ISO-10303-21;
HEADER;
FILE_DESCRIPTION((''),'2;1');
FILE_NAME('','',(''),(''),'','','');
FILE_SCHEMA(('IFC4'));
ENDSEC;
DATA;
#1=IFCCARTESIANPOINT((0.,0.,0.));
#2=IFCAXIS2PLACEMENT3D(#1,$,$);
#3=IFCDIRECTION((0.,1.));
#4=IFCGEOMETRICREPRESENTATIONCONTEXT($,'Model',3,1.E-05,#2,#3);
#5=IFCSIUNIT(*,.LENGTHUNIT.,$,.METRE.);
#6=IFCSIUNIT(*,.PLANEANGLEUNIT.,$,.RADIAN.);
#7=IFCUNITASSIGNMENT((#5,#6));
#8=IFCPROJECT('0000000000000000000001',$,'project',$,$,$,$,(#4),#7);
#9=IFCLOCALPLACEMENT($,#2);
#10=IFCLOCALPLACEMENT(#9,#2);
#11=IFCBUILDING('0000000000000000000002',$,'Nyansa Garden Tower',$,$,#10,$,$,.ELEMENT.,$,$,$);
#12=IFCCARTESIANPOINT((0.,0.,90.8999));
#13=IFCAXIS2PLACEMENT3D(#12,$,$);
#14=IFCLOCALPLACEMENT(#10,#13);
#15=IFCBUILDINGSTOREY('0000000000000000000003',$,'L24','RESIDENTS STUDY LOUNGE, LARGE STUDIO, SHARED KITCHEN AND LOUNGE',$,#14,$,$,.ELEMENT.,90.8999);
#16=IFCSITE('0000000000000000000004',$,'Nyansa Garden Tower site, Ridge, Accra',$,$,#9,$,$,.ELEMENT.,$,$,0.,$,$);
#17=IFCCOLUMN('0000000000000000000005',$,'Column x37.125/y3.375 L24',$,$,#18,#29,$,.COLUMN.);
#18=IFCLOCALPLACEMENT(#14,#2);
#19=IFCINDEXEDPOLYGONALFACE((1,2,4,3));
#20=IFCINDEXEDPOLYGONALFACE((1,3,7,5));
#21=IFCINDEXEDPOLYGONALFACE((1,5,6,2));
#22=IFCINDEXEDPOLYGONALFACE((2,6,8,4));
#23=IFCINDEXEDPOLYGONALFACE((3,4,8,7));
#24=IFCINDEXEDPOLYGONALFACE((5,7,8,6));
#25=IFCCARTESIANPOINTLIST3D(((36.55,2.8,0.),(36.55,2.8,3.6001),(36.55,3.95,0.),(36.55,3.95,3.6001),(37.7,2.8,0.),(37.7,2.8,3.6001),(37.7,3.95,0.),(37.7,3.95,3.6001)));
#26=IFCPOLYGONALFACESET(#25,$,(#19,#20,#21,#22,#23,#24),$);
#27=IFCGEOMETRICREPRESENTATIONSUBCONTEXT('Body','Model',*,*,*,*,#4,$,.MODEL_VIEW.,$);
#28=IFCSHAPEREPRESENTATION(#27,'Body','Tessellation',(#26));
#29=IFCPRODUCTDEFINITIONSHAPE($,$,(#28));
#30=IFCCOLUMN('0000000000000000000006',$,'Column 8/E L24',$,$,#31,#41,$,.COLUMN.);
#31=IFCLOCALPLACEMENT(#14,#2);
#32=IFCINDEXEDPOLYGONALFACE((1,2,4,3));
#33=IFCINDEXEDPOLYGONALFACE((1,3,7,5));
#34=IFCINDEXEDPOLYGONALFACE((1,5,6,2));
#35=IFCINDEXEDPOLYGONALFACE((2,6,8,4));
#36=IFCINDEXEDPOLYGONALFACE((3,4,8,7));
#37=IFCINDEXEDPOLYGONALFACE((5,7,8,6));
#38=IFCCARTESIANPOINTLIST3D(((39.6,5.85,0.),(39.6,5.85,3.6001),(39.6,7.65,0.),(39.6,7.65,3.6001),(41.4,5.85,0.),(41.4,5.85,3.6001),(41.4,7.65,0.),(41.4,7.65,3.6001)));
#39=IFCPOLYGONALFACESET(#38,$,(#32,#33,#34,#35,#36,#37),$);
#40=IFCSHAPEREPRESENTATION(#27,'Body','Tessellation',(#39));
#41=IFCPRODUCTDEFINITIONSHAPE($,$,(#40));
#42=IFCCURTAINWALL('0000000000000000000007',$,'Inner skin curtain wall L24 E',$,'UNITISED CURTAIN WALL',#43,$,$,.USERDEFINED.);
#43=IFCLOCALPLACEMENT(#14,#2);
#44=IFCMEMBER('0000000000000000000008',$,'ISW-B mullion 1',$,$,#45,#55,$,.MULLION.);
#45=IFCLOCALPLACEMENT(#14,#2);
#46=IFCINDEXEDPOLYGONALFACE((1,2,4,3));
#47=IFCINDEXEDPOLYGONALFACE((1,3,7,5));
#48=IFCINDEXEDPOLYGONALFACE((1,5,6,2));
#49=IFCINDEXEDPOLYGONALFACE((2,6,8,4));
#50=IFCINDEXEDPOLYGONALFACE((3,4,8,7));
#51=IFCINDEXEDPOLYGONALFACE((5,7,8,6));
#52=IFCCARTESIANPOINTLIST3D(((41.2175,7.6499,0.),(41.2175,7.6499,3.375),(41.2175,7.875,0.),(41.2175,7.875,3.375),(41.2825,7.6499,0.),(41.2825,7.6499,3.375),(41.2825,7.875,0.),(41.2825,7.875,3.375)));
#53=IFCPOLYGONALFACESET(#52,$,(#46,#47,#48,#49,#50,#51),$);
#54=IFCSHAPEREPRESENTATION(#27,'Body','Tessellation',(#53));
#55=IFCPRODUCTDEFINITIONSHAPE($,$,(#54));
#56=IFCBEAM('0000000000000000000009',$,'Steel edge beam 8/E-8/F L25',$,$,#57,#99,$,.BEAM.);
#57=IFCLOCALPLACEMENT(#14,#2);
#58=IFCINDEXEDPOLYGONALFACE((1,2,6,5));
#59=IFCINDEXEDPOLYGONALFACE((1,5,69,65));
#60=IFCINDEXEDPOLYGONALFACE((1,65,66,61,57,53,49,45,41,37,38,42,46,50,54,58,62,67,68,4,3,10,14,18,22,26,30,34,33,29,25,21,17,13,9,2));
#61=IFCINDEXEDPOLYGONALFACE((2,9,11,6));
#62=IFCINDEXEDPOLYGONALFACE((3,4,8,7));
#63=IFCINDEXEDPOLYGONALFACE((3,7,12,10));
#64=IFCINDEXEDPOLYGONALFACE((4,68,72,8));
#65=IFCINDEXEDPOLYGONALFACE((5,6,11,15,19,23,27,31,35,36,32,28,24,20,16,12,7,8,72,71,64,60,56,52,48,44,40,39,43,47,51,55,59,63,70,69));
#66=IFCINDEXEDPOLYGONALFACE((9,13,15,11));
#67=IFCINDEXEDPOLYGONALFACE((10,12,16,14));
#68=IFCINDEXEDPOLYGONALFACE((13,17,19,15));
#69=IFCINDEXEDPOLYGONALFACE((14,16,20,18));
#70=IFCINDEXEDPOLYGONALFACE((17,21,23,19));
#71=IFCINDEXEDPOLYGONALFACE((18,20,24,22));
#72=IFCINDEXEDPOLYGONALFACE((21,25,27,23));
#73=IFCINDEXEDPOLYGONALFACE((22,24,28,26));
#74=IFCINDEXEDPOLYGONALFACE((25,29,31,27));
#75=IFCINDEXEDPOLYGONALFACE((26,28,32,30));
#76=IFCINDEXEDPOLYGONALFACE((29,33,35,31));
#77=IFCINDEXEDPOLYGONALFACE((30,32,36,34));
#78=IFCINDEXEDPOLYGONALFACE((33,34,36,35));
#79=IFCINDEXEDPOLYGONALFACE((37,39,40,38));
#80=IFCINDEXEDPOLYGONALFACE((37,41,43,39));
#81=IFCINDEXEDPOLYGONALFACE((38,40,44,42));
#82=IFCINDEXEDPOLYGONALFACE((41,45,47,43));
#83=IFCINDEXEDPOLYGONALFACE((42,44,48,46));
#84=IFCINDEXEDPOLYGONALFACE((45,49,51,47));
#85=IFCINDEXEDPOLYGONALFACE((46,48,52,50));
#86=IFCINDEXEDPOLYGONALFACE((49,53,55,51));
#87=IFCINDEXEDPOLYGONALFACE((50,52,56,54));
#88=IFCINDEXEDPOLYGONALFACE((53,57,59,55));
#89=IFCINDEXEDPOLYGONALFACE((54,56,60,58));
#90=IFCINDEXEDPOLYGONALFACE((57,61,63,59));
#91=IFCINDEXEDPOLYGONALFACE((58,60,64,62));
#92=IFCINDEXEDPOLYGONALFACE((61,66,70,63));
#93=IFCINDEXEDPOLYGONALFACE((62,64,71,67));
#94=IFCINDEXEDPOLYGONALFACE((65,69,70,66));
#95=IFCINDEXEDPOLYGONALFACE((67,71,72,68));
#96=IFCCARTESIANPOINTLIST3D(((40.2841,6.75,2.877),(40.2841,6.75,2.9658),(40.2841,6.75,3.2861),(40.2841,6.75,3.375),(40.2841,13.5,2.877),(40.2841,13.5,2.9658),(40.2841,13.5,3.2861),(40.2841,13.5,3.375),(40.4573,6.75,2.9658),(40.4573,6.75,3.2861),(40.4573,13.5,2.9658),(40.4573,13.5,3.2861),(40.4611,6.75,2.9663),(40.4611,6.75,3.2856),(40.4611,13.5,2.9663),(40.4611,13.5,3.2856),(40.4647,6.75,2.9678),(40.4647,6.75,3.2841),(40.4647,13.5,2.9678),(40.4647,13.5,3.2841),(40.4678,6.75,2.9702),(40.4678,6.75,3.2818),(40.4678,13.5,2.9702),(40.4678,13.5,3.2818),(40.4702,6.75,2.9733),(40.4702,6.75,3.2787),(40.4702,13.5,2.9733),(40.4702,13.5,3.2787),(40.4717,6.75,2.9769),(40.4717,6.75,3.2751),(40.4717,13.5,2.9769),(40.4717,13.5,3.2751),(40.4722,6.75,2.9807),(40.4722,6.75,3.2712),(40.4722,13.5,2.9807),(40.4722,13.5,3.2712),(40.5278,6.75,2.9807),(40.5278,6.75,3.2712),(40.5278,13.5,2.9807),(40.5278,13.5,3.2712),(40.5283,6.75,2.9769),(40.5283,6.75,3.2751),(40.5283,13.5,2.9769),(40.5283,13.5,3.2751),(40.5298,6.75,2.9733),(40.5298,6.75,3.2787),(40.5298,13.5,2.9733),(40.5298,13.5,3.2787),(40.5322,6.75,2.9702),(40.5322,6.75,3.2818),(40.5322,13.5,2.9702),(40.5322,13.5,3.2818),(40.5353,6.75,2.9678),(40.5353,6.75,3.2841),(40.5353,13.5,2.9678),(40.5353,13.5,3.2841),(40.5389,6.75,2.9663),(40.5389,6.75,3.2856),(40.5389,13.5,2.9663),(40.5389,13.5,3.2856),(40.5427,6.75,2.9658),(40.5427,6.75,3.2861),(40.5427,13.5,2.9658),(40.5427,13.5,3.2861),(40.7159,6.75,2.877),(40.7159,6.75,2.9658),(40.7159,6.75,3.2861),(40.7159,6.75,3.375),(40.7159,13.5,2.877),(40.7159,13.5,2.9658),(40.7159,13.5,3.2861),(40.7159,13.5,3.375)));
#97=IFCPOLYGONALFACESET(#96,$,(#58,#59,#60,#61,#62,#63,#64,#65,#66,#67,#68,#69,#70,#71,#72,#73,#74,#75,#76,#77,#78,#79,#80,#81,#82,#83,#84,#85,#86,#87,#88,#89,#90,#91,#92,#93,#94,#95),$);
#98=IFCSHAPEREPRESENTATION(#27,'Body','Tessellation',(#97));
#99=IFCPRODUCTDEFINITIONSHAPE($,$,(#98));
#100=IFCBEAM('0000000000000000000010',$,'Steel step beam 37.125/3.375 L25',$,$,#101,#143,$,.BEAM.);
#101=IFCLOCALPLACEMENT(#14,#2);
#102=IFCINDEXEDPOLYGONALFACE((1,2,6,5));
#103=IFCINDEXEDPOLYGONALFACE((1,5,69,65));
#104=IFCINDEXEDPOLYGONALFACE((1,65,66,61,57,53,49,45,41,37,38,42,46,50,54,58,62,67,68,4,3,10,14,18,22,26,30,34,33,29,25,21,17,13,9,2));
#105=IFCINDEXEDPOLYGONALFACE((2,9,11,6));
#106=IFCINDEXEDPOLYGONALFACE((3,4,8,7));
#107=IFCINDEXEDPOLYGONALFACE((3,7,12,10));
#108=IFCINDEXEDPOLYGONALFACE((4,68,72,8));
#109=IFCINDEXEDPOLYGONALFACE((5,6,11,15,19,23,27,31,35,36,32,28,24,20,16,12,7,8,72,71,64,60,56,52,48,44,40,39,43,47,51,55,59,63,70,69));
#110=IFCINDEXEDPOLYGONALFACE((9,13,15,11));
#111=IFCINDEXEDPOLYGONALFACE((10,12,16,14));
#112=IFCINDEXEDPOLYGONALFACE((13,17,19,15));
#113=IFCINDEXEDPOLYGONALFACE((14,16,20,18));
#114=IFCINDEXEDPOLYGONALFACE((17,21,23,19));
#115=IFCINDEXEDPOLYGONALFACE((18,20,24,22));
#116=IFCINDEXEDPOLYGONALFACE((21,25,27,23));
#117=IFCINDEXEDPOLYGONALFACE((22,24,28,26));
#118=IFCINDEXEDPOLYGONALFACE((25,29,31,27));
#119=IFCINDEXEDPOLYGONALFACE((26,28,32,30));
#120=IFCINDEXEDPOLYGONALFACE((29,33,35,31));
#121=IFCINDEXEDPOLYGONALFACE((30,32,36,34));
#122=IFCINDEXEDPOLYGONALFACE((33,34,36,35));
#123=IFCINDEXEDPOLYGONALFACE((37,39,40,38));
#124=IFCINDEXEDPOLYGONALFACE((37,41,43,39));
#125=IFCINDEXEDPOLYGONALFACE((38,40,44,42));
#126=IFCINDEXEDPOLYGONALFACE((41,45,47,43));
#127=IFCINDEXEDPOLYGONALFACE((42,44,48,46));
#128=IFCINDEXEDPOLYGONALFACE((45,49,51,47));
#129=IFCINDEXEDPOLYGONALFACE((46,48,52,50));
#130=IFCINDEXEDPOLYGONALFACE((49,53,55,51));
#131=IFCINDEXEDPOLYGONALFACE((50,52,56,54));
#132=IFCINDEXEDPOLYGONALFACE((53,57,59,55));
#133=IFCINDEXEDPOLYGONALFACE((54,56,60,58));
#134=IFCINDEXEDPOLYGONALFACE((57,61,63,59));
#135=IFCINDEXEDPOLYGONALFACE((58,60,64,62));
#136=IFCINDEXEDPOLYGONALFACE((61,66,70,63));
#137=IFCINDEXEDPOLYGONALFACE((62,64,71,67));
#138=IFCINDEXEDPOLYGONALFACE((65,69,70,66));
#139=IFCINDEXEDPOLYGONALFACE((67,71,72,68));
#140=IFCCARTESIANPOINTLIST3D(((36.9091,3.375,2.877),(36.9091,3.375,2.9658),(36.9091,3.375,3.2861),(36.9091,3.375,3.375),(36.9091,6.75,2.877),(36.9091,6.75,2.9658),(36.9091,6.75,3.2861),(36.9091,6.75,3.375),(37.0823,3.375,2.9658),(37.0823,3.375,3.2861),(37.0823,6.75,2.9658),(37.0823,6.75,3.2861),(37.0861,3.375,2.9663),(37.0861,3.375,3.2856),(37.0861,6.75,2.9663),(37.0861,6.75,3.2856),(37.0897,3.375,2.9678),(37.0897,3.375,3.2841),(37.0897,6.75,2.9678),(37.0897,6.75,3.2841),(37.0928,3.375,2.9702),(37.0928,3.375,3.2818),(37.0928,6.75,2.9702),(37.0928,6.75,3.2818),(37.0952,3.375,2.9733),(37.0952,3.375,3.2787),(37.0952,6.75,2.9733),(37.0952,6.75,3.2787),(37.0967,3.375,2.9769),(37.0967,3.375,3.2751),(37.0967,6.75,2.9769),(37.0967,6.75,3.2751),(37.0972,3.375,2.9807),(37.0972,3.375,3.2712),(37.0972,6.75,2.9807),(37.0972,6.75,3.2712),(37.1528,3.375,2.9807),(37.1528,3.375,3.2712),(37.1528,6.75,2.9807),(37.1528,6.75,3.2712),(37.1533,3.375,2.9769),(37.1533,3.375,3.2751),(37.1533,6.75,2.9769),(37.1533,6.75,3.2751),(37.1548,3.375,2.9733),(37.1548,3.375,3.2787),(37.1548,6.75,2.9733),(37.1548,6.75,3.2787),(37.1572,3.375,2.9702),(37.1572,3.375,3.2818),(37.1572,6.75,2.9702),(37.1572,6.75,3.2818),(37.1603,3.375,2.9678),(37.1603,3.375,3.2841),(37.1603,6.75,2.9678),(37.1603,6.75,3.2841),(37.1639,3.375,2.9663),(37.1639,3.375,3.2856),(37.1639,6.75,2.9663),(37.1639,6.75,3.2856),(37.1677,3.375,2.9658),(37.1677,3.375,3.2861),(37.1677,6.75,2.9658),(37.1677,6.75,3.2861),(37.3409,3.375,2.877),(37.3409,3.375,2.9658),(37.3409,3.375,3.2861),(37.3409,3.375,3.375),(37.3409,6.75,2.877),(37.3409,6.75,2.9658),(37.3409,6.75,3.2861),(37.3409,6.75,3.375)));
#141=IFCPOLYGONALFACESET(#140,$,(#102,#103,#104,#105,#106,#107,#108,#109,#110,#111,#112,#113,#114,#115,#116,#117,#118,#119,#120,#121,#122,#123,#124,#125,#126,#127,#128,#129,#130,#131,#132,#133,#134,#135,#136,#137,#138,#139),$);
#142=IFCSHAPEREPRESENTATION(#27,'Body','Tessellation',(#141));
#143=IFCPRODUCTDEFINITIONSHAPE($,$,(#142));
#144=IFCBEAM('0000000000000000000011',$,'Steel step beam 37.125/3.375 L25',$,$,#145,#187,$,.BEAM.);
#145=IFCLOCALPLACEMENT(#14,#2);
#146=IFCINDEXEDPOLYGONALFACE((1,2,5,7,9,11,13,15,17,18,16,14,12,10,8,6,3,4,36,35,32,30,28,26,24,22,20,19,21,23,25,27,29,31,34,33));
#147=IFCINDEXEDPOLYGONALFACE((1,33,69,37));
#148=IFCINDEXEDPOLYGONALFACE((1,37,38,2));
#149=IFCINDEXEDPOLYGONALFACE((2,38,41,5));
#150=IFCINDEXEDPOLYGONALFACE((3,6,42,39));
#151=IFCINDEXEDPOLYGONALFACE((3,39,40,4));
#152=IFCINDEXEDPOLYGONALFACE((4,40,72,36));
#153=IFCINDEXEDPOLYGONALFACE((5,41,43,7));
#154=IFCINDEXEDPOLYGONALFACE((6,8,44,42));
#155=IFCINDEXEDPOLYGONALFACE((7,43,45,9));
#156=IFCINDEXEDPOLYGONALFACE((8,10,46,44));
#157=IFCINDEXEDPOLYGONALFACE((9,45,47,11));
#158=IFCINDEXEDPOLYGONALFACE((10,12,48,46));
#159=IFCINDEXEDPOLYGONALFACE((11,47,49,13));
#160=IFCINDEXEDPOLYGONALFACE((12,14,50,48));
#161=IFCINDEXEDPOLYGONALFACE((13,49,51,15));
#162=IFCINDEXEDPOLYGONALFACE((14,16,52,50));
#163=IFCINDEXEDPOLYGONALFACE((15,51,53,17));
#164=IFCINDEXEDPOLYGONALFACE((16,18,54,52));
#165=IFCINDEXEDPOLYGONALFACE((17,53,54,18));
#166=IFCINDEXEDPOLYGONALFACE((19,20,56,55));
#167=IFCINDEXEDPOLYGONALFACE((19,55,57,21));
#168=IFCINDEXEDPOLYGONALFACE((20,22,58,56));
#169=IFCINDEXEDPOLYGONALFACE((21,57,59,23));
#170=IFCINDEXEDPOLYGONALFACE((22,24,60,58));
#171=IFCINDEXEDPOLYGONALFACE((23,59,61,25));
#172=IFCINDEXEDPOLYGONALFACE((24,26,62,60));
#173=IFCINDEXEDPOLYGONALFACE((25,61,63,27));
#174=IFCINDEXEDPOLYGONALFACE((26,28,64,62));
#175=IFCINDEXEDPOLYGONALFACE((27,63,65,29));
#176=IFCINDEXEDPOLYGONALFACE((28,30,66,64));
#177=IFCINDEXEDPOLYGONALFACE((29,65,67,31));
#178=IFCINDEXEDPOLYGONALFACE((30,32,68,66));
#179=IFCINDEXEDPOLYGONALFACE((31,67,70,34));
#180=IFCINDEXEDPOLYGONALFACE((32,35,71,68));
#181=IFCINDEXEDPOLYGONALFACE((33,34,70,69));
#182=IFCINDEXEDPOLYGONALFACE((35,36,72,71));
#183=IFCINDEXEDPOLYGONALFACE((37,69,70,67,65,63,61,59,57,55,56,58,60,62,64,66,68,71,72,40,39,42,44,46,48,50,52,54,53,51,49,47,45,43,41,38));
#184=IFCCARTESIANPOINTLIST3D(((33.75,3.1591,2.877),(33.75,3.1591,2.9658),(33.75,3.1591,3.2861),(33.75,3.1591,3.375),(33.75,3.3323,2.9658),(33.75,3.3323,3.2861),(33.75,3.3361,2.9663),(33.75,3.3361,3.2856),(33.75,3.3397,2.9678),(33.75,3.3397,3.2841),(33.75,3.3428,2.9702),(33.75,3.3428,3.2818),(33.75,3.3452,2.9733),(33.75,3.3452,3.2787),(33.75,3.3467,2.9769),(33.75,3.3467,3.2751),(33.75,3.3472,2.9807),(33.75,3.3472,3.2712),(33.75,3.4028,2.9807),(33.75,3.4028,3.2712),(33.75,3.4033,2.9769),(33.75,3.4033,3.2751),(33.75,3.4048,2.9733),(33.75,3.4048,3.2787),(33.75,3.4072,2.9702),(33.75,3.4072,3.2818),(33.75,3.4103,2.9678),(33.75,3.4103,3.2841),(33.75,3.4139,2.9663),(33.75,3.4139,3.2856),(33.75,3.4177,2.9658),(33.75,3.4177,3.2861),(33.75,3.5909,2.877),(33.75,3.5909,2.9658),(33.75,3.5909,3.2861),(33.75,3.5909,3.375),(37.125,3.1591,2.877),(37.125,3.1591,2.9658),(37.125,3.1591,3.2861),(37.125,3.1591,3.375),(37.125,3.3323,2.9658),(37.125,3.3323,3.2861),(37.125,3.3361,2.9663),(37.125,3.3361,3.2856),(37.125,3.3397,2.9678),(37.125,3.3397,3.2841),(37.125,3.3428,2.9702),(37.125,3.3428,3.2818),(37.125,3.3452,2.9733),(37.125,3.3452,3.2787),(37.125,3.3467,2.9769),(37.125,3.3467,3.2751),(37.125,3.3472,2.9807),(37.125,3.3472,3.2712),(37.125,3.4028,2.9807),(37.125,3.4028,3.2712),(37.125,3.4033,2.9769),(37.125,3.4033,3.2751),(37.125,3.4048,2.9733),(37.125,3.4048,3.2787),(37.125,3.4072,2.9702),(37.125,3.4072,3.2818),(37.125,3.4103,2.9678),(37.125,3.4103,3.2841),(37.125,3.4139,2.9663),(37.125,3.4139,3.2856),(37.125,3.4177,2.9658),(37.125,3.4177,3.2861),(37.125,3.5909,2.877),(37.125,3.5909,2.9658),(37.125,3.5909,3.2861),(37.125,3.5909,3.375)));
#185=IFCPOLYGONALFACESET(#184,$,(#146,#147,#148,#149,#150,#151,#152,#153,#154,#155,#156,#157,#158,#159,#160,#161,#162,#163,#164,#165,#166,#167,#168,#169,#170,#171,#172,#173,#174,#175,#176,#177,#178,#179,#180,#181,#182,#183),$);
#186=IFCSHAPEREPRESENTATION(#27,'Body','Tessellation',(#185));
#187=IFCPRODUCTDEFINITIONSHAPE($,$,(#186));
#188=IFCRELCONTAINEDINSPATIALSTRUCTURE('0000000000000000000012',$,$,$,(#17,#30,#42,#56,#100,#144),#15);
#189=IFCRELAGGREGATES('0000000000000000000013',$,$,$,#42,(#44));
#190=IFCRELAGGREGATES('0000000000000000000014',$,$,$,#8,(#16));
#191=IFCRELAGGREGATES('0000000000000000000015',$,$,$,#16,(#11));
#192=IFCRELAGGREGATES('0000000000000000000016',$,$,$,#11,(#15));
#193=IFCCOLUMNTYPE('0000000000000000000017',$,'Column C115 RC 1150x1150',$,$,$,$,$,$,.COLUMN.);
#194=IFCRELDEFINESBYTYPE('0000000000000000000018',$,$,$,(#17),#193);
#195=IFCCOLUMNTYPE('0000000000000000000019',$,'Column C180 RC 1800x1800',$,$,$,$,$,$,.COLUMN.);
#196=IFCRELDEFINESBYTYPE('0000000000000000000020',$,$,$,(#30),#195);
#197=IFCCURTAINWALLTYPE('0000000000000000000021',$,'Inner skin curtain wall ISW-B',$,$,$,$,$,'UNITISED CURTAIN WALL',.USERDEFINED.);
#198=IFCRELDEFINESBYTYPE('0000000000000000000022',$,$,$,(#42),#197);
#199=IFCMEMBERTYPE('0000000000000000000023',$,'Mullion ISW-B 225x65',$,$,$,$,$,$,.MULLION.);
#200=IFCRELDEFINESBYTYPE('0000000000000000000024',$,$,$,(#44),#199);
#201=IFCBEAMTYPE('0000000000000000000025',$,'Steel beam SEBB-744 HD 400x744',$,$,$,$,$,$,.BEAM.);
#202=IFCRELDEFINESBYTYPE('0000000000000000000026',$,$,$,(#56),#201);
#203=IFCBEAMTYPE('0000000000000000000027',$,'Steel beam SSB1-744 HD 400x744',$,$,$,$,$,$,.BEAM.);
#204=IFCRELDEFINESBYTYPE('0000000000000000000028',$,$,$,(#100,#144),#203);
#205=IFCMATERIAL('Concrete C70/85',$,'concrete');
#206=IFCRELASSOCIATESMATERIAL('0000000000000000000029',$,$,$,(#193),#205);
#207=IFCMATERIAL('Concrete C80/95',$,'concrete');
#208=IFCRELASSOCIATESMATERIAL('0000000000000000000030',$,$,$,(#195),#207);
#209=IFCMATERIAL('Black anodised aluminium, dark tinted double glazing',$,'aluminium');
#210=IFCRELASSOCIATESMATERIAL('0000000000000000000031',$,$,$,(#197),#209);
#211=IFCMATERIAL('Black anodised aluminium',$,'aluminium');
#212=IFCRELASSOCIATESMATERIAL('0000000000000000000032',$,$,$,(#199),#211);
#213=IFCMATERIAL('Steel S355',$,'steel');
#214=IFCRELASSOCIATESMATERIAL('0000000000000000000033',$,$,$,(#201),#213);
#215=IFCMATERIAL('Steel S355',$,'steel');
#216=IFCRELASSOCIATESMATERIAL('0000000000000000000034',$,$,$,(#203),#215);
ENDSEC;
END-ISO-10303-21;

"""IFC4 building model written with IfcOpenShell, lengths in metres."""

from ifc_helpers import new_model, si_unit, direction, frame, origin, origin_2d, place, context, subcontext, project, spatial, rectangle, i_section, extrude, material, material_profile, profile_set, type_object, element, aggregate, save


model = new_model("IFC4")

# Units and contexts
model_context = context("Model", 3, precision=1e-05, world=origin(), true_north=direction((0.0, 1.0)))
body_context = subcontext(model_context, "Body", "Model", "MODEL_VIEW")
ifc_project = project(units=[si_unit("LENGTHUNIT", "METRE"), si_unit("PLANEANGLEUNIT", "RADIAN")], contexts=[model_context])

# Site, building, storey
site_placement = place(None, origin())
site = spatial("IfcSite", under=ifc_project, at=site_placement, Name="Nyansa Garden Tower site, Ridge, Accra", CompositionType="ELEMENT", RefElevation=0.0)
building_placement = place(site_placement, origin())
building = spatial("IfcBuilding", under=site, at=building_placement, Name="Nyansa Garden Tower", CompositionType="ELEMENT")
storey_placement = place(building_placement, frame((0.0, 0.0, 90.8999)))
storey = spatial("IfcBuildingStorey", under=building, at=storey_placement, Name="L24", Description="RESIDENTS STUDY LOUNGE, LARGE STUDIO, SHARED KITCHEN AND LOUNGE", CompositionType="ELEMENT", Elevation=90.8999)

# Columns
ifc_material_1 = material(Name="Concrete C70/85", Category="concrete")
ifc_material_profile_1 = material_profile(ifc_material_1, rectangle(XDim=1.1499, YDim=1.1499, at=origin_2d()), Name="RC 1150x1150")
ifc_profile_set_1 = profile_set([ifc_material_profile_1], Name="Concrete C70/85")
column_type_1 = type_object("IfcColumnType", Name="Column C115 RC 1150x1150", PredefinedType="COLUMN", material=ifc_profile_set_1)
column_1_placement = place(storey_placement, frame((37.125, 3.375, 0.0), z_axis=(0.0, 0.0, 1.0), x_axis=(1.0, 0.0, 0.0)))
element("IfcColumn", 1, at=column_1_placement, inside=storey, type_object=column_type_1, Name="Column x37.125/y3.375 L24", PredefinedType="COLUMN", context=body_context, shape_type="SweptSolid", body=[
    extrude(rectangle(XDim=1.1499, YDim=1.1499, at=origin_2d()), origin(), (0.0, 0.0, 1.0), 3.6001),
])
ifc_material_2 = material(Name="Concrete C80/95", Category="concrete")
ifc_material_profile_2 = material_profile(ifc_material_2, rectangle(XDim=1.8, YDim=1.8, at=origin_2d()), Name="RC 1800x1800")
ifc_profile_set_2 = profile_set([ifc_material_profile_2], Name="Concrete C80/95")
column_type_2 = type_object("IfcColumnType", Name="Column C180 RC 1800x1800", PredefinedType="COLUMN", material=ifc_profile_set_2)
column_2_placement = place(storey_placement, frame((40.5, 6.75, 0.0), z_axis=(0.0, 0.0, 1.0), x_axis=(1.0, 0.0, 0.0)))
element("IfcColumn", 2, at=column_2_placement, inside=storey, type_object=column_type_2, Name="Column 8/E L24", PredefinedType="COLUMN", context=body_context, shape_type="SweptSolid", body=[
    extrude(rectangle(XDim=1.8, YDim=1.8, at=origin_2d()), origin(), (0.0, 0.0, 1.0), 3.6001),
])

# Curtain wall, member
ifc_material_3 = material(Name="Black anodised aluminium, dark tinted double glazing", Category="aluminium")
curtain_wall_type = type_object("IfcCurtainWallType", Name="Inner skin curtain wall ISW-B", ElementType="UNITISED CURTAIN WALL", PredefinedType="USERDEFINED", material=ifc_material_3)
curtain_wall_placement = place(storey_placement, origin())
curtain_wall = element("IfcCurtainWall", 3, at=curtain_wall_placement, inside=storey, type_object=curtain_wall_type, Name="Inner skin curtain wall L24 E", ObjectType="UNITISED CURTAIN WALL", PredefinedType="USERDEFINED")
ifc_material_4 = material(Name="Black anodised aluminium", Category="aluminium")
ifc_material_profile_3 = material_profile(ifc_material_4, rectangle(XDim=0.0649, YDim=0.2251, at=origin_2d()), Name="Mullion 225x65")
ifc_profile_set_3 = profile_set([ifc_material_profile_3], Name="Black anodised aluminium")
member_type_1 = type_object("IfcMemberType", Name="Mullion ISW-B 225x65", PredefinedType="MULLION", material=ifc_profile_set_3)
member_1_placement = place(storey_placement, frame((41.25, 7.7625, 0.0), z_axis=(0.0, 0.0, 1.0), x_axis=(-1.0, 0.0, 0.0)))
member_1 = element("IfcMember", 4, at=member_1_placement, type_object=member_type_1, Name="ISW-B mullion 1", PredefinedType="MULLION", context=body_context, shape_type="SweptSolid", body=[
    extrude(rectangle(XDim=0.0649, YDim=0.2251, at=origin_2d()), origin(), (0.0, 0.0, 1.0), 3.375),
])

# Beams
ifc_material_5 = material(Name="Steel S355", Category="steel")
ifc_material_profile_4 = material_profile(ifc_material_5, i_section(OverallWidth=0.4319, OverallDepth=0.498, WebThickness=0.0557, FlangeThickness=0.0889, FilletRadius=0.0149, at=origin_2d()), Name="HD 400x744")
ifc_profile_set_4 = profile_set([ifc_material_profile_4], Name="Steel S355")
beam_type_1 = type_object("IfcBeamType", Name="Steel beam SEBB-744 HD 400x744", PredefinedType="BEAM", material=ifc_profile_set_4)
beam_placement = place(storey_placement, frame((40.5, 6.75, 3.126), z_axis=(0.0, 1.0, 0.0), x_axis=(-1.0, 0.0, 0.0)))
element("IfcBeam", 5, at=beam_placement, inside=storey, type_object=beam_type_1, Name="Steel edge beam 8/E-8/F L25", PredefinedType="BEAM", context=body_context, shape_type="SweptSolid", body=[
    extrude(i_section(OverallWidth=0.4319, OverallDepth=0.498, WebThickness=0.0557, FlangeThickness=0.0889, FilletRadius=0.0149, at=origin_2d()), origin(), (0.0, 0.0, 1.0), 6.75),
])
ifc_material_6 = material(Name="Steel S355", Category="steel")
ifc_material_profile_5 = material_profile(ifc_material_6, i_section(OverallWidth=0.4319, OverallDepth=0.498, WebThickness=0.0557, FlangeThickness=0.0889, FilletRadius=0.0149, at=origin_2d()), Name="HD 400x744")
ifc_profile_set_5 = profile_set([ifc_material_profile_5], Name="Steel S355")
beam_type_2 = type_object("IfcBeamType", Name="Steel beam SSB1-744 HD 400x744", PredefinedType="BEAM", material=ifc_profile_set_5)
for number, where, z_axis, x_axis, name in (
    (6, (37.125, 3.375, 3.126), (0.0, 1.0, 0.0), (-1.0, 0.0, 0.0), "Steel step beam 37.125/3.375 L25"),
    (7, (37.125, 3.375, 3.126), (-1.0, 0.0, 0.0), (0.0, -1.0, 0.0), "Steel step beam 37.125/3.375 L25"),
):
    element("IfcBeam", number, at=place(storey_placement, frame(where, z_axis=z_axis, x_axis=x_axis)), inside=storey, type_object=beam_type_2, Name=name, PredefinedType="BEAM", context=body_context, shape_type="SweptSolid", body=[
        extrude(i_section(OverallWidth=0.4319, OverallDepth=0.498, WebThickness=0.0557, FlangeThickness=0.0889, FilletRadius=0.0149, at=origin_2d()), origin(), (0.0, 0.0, 1.0), 3.375),
    ])

aggregate(curtain_wall, [member_1])

save(model, "model.ifc")
